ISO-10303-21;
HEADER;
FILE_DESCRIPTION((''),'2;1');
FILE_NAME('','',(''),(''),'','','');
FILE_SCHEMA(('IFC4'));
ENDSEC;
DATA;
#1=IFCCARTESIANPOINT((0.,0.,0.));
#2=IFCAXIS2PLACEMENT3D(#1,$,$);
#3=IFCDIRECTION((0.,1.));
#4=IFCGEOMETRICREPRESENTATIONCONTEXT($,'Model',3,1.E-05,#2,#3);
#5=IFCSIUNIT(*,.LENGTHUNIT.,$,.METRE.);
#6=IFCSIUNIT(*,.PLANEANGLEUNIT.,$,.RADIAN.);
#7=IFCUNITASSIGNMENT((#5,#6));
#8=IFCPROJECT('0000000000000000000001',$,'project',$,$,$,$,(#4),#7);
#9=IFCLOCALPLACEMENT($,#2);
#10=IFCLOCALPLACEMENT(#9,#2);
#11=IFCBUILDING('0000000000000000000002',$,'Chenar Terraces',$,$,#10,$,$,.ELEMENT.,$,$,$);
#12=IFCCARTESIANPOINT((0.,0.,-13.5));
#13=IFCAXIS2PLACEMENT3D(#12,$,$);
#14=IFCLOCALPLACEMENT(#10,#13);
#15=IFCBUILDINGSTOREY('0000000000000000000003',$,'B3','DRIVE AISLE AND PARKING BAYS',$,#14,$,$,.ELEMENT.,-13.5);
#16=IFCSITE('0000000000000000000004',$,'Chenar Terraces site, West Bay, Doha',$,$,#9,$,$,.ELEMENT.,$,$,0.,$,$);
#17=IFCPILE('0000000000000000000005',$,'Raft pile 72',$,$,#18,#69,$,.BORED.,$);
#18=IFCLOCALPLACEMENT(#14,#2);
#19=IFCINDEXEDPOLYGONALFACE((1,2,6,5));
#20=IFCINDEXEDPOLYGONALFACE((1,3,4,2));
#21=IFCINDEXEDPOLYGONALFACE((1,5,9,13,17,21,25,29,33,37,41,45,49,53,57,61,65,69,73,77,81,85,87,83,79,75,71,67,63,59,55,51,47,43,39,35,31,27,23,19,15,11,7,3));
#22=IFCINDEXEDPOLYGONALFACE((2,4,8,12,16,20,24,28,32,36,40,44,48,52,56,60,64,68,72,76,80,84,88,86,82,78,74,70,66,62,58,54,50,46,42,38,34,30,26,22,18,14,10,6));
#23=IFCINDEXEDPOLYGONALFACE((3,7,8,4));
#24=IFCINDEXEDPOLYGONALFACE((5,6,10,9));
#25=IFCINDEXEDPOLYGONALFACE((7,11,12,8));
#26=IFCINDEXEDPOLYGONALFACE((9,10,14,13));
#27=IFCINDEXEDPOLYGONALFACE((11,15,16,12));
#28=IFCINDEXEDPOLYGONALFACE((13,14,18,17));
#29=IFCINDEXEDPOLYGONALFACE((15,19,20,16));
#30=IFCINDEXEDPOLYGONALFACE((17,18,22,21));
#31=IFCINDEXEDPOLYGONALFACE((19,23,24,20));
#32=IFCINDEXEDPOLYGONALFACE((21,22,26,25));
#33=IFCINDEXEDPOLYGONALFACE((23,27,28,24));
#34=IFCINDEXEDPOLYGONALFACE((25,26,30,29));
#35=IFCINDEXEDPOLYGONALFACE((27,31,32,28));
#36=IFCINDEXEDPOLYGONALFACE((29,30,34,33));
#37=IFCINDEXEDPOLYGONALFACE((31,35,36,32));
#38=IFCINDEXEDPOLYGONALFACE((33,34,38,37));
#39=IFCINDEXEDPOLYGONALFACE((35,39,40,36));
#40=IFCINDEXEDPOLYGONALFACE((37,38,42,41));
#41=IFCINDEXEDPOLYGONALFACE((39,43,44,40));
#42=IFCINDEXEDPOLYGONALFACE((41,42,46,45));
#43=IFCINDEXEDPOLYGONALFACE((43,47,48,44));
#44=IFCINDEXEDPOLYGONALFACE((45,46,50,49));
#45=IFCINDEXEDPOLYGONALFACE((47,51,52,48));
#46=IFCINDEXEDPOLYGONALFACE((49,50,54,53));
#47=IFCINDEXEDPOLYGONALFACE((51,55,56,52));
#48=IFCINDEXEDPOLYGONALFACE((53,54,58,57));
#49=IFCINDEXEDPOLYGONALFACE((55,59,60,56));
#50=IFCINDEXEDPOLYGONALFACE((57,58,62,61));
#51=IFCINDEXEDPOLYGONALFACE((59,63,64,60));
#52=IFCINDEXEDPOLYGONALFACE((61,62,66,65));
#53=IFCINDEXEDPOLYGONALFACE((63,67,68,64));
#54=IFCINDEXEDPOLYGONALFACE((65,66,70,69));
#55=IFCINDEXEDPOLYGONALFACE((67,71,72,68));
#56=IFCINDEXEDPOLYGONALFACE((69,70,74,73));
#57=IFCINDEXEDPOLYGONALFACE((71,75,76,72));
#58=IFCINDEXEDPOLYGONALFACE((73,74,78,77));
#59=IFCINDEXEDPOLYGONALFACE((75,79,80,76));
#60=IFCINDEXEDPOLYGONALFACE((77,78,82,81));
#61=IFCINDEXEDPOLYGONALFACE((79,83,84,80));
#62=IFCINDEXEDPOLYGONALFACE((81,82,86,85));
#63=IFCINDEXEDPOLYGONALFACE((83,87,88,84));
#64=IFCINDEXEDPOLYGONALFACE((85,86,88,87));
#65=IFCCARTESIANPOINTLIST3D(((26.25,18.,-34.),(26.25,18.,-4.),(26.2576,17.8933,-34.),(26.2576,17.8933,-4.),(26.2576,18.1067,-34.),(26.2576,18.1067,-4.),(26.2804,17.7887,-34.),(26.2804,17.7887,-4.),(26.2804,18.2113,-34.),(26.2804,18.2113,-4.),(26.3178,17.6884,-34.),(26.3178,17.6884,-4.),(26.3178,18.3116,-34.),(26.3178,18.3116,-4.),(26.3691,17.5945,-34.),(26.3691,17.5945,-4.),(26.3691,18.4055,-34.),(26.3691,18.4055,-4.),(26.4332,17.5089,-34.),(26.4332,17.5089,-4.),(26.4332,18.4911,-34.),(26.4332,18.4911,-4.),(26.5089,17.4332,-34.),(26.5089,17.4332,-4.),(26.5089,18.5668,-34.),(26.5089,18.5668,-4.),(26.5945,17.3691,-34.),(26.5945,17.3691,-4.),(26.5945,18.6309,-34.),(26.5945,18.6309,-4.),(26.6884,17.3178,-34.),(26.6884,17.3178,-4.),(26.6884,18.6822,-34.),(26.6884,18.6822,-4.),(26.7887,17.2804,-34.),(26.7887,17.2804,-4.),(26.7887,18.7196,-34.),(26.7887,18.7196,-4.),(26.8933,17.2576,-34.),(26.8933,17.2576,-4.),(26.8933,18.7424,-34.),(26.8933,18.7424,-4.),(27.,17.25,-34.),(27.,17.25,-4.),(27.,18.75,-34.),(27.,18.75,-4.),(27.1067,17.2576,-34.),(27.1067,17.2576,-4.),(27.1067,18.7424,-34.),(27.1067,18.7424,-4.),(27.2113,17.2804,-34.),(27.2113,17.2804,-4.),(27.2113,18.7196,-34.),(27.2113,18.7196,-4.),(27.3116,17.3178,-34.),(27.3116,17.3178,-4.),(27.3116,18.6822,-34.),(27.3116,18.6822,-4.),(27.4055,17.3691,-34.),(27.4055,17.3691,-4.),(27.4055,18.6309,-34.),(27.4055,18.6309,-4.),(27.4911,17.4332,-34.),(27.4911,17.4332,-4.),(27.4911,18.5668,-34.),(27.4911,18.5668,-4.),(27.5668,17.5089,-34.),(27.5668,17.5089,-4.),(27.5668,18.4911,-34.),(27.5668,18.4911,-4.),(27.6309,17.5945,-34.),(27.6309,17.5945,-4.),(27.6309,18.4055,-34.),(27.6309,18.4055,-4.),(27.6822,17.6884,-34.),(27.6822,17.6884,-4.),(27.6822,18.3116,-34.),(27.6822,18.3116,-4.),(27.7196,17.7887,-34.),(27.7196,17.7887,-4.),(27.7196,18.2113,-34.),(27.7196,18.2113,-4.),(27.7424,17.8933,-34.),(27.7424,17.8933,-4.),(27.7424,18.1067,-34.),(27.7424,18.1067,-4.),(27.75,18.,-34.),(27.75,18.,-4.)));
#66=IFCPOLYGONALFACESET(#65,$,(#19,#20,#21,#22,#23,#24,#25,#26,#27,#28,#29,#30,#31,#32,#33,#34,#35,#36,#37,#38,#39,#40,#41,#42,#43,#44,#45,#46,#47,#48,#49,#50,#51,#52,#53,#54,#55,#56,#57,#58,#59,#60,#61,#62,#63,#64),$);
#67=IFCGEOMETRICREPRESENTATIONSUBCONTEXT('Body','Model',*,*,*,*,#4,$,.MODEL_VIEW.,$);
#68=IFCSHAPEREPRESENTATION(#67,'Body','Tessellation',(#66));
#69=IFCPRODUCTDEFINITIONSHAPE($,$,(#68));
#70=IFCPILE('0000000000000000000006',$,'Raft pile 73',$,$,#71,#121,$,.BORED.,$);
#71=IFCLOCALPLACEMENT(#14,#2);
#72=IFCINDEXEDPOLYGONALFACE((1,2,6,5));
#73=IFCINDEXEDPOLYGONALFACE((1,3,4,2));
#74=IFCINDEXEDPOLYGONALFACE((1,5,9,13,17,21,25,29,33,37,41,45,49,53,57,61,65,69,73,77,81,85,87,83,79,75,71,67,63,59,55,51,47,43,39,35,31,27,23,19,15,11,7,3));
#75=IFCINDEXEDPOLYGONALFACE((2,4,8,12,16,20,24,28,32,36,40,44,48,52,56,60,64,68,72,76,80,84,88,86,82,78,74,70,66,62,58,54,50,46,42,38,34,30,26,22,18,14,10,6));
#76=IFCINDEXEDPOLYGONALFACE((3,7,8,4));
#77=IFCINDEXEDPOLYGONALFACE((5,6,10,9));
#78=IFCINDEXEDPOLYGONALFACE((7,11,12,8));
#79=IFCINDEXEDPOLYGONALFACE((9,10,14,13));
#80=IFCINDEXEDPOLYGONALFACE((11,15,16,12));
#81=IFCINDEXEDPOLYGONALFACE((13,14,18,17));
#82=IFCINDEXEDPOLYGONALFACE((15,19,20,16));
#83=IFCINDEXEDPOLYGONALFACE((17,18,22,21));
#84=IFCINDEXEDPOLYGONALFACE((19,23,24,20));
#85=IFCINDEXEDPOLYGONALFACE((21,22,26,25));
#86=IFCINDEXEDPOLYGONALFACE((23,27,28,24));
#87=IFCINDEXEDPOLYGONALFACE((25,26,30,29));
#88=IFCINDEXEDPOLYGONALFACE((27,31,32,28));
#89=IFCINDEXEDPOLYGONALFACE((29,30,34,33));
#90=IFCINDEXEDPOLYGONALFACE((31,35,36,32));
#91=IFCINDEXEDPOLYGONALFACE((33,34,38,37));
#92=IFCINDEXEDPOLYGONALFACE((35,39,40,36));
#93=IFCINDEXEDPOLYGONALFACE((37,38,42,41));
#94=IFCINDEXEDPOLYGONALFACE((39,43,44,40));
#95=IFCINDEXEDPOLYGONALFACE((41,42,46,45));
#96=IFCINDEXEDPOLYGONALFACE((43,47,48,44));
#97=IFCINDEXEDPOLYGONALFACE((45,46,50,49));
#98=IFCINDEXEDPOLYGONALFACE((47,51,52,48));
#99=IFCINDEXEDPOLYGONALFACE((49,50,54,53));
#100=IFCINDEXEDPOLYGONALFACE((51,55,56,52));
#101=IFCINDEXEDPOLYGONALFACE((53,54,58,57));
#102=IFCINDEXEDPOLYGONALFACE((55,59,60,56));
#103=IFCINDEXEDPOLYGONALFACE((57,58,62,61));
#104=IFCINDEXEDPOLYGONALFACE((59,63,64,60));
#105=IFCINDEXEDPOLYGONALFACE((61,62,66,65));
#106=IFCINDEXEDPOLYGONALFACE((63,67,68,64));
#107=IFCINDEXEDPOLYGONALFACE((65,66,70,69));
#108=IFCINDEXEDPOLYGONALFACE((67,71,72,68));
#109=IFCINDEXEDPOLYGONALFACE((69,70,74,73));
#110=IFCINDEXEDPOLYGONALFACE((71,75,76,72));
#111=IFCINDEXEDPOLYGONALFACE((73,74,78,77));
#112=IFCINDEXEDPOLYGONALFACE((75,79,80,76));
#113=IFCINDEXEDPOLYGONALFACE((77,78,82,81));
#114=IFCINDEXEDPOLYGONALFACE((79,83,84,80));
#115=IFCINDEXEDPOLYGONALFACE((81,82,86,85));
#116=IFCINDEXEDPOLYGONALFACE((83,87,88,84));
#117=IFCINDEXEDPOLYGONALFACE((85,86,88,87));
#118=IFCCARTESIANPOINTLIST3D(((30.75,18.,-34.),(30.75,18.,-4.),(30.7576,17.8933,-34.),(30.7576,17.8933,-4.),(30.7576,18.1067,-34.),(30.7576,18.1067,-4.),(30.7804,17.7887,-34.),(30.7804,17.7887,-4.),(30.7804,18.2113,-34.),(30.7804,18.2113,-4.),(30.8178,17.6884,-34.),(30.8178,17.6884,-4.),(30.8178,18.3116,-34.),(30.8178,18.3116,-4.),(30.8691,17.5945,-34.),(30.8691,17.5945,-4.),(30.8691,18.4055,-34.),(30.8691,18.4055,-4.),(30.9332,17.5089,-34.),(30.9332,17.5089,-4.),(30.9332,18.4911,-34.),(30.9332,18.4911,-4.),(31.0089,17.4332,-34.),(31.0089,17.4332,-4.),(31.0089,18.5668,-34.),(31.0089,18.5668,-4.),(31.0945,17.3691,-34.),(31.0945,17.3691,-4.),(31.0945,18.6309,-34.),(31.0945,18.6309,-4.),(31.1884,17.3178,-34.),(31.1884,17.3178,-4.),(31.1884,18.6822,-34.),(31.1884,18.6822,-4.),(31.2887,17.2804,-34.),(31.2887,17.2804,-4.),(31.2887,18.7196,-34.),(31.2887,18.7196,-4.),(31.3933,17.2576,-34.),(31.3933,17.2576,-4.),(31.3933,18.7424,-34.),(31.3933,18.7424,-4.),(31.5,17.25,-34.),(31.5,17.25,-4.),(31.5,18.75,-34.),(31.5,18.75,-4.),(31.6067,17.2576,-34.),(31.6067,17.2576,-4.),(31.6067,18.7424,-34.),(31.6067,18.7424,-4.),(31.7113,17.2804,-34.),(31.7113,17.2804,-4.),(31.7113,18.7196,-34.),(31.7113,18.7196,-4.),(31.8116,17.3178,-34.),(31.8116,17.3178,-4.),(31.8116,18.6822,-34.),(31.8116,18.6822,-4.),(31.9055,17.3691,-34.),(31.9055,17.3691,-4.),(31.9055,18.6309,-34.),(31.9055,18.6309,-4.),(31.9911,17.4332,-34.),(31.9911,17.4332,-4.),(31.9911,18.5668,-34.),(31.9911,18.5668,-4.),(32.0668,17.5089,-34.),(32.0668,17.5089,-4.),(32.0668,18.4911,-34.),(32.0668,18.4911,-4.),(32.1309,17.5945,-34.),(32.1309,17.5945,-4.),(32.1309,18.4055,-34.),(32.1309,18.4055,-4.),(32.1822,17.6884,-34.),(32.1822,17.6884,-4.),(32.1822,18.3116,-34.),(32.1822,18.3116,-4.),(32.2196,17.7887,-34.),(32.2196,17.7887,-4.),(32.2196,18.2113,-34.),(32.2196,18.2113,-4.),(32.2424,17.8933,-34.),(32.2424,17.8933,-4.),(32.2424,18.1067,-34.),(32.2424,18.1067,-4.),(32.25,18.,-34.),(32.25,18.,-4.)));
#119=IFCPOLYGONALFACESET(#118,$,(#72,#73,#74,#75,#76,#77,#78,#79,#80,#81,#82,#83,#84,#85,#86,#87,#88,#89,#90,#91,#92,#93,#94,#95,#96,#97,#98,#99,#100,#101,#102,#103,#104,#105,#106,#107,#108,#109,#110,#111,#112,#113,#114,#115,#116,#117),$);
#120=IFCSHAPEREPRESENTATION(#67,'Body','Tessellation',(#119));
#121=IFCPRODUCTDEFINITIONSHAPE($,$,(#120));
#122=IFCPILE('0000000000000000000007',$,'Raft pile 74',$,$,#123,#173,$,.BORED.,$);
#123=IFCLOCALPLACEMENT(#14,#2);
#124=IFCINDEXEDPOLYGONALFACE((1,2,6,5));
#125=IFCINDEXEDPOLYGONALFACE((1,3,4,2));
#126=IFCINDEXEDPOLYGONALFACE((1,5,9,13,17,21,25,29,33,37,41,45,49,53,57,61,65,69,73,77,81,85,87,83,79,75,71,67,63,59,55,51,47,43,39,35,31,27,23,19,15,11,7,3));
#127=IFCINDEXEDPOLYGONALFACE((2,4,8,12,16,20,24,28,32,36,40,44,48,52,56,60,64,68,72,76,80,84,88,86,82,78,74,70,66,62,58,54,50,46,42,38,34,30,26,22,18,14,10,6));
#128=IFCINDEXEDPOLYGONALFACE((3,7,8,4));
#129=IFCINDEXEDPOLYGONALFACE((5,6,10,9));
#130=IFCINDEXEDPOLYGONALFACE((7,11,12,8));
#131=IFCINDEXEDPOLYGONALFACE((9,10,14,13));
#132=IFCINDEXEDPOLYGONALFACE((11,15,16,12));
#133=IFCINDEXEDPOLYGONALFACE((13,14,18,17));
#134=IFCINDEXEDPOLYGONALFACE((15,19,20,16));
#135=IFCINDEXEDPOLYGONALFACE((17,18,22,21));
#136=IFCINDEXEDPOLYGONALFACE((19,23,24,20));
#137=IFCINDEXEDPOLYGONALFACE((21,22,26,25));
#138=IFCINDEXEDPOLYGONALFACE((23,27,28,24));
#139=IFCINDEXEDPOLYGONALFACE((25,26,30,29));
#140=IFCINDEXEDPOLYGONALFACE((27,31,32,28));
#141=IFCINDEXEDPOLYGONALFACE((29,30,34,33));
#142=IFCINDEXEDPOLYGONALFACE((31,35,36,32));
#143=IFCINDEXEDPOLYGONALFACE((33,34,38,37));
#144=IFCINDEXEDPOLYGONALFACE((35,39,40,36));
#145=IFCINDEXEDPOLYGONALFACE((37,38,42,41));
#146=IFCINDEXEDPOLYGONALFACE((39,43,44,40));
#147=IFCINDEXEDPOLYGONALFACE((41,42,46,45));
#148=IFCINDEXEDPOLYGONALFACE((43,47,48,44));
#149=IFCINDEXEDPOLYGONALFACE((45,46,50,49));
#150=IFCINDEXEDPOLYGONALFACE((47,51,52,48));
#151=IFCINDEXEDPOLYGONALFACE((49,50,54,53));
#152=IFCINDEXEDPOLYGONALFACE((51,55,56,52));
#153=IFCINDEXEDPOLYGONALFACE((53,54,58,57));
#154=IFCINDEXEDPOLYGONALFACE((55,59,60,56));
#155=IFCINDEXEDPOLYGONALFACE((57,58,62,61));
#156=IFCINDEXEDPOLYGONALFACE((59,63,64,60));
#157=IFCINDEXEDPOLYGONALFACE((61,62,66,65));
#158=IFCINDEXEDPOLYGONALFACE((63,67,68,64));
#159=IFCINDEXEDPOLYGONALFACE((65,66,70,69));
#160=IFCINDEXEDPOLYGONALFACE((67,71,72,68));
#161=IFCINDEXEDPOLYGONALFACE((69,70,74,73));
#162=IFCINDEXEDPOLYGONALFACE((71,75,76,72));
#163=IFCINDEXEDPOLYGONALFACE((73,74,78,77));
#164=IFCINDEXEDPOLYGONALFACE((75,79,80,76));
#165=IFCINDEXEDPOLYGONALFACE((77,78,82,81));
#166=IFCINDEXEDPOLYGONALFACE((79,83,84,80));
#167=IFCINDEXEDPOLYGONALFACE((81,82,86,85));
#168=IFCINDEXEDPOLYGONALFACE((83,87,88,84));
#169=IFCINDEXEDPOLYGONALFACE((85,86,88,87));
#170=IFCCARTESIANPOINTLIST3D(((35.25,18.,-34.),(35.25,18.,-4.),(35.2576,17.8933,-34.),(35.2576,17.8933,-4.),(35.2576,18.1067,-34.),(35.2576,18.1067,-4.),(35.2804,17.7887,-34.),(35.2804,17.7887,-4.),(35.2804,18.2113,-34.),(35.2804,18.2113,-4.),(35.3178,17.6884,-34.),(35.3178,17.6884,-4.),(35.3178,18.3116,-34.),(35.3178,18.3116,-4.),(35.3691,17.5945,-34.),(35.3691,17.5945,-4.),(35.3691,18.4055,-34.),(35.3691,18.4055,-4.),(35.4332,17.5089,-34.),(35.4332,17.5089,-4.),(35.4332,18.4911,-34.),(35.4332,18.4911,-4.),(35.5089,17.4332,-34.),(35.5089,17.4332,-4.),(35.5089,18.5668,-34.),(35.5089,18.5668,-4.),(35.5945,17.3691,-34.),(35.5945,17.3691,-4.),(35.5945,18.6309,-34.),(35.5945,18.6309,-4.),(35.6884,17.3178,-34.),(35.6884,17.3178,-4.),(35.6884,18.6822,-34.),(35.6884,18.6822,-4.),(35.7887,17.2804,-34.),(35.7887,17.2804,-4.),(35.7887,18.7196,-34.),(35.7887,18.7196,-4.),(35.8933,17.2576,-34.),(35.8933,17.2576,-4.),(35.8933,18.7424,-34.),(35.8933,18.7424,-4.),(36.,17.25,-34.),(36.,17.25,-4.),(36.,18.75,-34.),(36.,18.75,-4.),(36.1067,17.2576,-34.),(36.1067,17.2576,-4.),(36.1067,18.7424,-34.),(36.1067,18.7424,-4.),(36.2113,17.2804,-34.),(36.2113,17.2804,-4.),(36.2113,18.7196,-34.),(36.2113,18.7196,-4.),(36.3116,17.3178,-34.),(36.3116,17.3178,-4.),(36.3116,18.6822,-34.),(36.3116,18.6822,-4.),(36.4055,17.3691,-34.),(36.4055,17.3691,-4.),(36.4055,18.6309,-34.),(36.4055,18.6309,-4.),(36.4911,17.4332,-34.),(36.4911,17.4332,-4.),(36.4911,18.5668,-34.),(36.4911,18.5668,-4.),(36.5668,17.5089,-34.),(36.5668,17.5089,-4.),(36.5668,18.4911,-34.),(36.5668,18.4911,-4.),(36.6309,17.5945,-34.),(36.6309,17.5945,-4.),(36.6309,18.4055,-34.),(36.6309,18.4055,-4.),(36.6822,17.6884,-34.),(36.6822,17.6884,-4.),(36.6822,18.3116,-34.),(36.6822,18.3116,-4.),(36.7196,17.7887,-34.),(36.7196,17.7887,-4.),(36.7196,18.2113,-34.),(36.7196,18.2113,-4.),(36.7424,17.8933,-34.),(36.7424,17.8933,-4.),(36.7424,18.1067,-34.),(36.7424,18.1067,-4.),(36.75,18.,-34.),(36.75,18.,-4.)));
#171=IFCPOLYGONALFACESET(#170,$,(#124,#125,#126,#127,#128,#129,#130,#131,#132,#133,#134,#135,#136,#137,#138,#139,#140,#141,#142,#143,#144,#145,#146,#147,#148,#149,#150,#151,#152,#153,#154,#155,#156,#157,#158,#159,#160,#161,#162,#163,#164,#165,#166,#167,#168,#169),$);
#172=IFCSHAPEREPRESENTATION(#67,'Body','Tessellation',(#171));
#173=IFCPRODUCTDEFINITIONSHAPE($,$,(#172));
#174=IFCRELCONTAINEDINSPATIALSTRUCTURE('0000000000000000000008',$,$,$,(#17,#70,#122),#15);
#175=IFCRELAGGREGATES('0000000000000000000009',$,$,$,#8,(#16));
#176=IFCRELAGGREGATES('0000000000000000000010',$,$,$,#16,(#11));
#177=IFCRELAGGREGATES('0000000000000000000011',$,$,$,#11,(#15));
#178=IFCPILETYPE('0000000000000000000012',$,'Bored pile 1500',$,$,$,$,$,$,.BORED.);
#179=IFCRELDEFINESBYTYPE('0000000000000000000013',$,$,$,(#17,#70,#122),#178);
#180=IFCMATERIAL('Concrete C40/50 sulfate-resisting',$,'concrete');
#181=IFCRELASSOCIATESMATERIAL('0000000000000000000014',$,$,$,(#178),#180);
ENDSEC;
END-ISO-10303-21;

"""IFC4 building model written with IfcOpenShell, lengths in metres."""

from ifc_helpers import new_model, si_unit, direction, frame, origin, origin_2d, place, context, subcontext, project, spatial, circle, extrude, material, material_profile, profile_set, type_object, element, save


model = new_model("IFC4")

# Units and contexts
model_context = context("Model", 3, precision=1e-05, world=origin(), true_north=direction((0.0, 1.0)))
body_context = subcontext(model_context, "Body", "Model", "MODEL_VIEW")
ifc_project = project(units=[si_unit("LENGTHUNIT", "METRE"), si_unit("PLANEANGLEUNIT", "RADIAN")], contexts=[model_context])

# Site, building, storey
site_placement = place(None, origin())
site = spatial("IfcSite", under=ifc_project, at=site_placement, Name="Chenar Terraces site, West Bay, Doha", CompositionType="ELEMENT", RefElevation=0.0)
building_placement = place(site_placement, origin())
building = spatial("IfcBuilding", under=site, at=building_placement, Name="Chenar Terraces", CompositionType="ELEMENT")
storey_placement = place(building_placement, frame((0.0, 0.0, -13.5)))
storey = spatial("IfcBuildingStorey", under=building, at=storey_placement, Name="B3", Description="DRIVE AISLE AND PARKING BAYS", CompositionType="ELEMENT", Elevation=-13.5)

# Piles
ifc_material_1 = material(Name="Concrete C40/50 sulfate-resisting", Category="concrete")
ifc_material_profile_1 = material_profile(ifc_material_1, circle(Radius=0.75, at=origin_2d()), Name="BP 1500")
ifc_profile_set_1 = profile_set([ifc_material_profile_1], Name="Concrete C40/50 sulfate-resisting")
pile_type = type_object("IfcPileType", Name="Bored pile 1500", PredefinedType="BORED", material=ifc_profile_set_1)
for number, where, z_axis, x_axis, name in (
    (1, (27.0, 18.0, -4.0), (0.0, 0.0, -1.0), (1.0, 0.0, 0.0), "Raft pile 72"),
    (2, (31.5, 18.0, -4.0), (0.0, 0.0, -1.0), (1.0, 0.0, 0.0), "Raft pile 73"),
    (3, (36.0, 18.0, -4.0), (0.0, 0.0, -1.0), (1.0, 0.0, 0.0), "Raft pile 74"),
):
    element("IfcPile", number, at=place(storey_placement, frame(where, z_axis=z_axis, x_axis=x_axis)), inside=storey, type_object=pile_type, Name=name, PredefinedType="BORED", context=body_context, shape_type="SweptSolid", body=[
        extrude(circle(Radius=0.75, at=origin_2d()), origin(), (0.0, 0.0, 1.0), 30.0),
    ])

save(model, "model.ifc")
